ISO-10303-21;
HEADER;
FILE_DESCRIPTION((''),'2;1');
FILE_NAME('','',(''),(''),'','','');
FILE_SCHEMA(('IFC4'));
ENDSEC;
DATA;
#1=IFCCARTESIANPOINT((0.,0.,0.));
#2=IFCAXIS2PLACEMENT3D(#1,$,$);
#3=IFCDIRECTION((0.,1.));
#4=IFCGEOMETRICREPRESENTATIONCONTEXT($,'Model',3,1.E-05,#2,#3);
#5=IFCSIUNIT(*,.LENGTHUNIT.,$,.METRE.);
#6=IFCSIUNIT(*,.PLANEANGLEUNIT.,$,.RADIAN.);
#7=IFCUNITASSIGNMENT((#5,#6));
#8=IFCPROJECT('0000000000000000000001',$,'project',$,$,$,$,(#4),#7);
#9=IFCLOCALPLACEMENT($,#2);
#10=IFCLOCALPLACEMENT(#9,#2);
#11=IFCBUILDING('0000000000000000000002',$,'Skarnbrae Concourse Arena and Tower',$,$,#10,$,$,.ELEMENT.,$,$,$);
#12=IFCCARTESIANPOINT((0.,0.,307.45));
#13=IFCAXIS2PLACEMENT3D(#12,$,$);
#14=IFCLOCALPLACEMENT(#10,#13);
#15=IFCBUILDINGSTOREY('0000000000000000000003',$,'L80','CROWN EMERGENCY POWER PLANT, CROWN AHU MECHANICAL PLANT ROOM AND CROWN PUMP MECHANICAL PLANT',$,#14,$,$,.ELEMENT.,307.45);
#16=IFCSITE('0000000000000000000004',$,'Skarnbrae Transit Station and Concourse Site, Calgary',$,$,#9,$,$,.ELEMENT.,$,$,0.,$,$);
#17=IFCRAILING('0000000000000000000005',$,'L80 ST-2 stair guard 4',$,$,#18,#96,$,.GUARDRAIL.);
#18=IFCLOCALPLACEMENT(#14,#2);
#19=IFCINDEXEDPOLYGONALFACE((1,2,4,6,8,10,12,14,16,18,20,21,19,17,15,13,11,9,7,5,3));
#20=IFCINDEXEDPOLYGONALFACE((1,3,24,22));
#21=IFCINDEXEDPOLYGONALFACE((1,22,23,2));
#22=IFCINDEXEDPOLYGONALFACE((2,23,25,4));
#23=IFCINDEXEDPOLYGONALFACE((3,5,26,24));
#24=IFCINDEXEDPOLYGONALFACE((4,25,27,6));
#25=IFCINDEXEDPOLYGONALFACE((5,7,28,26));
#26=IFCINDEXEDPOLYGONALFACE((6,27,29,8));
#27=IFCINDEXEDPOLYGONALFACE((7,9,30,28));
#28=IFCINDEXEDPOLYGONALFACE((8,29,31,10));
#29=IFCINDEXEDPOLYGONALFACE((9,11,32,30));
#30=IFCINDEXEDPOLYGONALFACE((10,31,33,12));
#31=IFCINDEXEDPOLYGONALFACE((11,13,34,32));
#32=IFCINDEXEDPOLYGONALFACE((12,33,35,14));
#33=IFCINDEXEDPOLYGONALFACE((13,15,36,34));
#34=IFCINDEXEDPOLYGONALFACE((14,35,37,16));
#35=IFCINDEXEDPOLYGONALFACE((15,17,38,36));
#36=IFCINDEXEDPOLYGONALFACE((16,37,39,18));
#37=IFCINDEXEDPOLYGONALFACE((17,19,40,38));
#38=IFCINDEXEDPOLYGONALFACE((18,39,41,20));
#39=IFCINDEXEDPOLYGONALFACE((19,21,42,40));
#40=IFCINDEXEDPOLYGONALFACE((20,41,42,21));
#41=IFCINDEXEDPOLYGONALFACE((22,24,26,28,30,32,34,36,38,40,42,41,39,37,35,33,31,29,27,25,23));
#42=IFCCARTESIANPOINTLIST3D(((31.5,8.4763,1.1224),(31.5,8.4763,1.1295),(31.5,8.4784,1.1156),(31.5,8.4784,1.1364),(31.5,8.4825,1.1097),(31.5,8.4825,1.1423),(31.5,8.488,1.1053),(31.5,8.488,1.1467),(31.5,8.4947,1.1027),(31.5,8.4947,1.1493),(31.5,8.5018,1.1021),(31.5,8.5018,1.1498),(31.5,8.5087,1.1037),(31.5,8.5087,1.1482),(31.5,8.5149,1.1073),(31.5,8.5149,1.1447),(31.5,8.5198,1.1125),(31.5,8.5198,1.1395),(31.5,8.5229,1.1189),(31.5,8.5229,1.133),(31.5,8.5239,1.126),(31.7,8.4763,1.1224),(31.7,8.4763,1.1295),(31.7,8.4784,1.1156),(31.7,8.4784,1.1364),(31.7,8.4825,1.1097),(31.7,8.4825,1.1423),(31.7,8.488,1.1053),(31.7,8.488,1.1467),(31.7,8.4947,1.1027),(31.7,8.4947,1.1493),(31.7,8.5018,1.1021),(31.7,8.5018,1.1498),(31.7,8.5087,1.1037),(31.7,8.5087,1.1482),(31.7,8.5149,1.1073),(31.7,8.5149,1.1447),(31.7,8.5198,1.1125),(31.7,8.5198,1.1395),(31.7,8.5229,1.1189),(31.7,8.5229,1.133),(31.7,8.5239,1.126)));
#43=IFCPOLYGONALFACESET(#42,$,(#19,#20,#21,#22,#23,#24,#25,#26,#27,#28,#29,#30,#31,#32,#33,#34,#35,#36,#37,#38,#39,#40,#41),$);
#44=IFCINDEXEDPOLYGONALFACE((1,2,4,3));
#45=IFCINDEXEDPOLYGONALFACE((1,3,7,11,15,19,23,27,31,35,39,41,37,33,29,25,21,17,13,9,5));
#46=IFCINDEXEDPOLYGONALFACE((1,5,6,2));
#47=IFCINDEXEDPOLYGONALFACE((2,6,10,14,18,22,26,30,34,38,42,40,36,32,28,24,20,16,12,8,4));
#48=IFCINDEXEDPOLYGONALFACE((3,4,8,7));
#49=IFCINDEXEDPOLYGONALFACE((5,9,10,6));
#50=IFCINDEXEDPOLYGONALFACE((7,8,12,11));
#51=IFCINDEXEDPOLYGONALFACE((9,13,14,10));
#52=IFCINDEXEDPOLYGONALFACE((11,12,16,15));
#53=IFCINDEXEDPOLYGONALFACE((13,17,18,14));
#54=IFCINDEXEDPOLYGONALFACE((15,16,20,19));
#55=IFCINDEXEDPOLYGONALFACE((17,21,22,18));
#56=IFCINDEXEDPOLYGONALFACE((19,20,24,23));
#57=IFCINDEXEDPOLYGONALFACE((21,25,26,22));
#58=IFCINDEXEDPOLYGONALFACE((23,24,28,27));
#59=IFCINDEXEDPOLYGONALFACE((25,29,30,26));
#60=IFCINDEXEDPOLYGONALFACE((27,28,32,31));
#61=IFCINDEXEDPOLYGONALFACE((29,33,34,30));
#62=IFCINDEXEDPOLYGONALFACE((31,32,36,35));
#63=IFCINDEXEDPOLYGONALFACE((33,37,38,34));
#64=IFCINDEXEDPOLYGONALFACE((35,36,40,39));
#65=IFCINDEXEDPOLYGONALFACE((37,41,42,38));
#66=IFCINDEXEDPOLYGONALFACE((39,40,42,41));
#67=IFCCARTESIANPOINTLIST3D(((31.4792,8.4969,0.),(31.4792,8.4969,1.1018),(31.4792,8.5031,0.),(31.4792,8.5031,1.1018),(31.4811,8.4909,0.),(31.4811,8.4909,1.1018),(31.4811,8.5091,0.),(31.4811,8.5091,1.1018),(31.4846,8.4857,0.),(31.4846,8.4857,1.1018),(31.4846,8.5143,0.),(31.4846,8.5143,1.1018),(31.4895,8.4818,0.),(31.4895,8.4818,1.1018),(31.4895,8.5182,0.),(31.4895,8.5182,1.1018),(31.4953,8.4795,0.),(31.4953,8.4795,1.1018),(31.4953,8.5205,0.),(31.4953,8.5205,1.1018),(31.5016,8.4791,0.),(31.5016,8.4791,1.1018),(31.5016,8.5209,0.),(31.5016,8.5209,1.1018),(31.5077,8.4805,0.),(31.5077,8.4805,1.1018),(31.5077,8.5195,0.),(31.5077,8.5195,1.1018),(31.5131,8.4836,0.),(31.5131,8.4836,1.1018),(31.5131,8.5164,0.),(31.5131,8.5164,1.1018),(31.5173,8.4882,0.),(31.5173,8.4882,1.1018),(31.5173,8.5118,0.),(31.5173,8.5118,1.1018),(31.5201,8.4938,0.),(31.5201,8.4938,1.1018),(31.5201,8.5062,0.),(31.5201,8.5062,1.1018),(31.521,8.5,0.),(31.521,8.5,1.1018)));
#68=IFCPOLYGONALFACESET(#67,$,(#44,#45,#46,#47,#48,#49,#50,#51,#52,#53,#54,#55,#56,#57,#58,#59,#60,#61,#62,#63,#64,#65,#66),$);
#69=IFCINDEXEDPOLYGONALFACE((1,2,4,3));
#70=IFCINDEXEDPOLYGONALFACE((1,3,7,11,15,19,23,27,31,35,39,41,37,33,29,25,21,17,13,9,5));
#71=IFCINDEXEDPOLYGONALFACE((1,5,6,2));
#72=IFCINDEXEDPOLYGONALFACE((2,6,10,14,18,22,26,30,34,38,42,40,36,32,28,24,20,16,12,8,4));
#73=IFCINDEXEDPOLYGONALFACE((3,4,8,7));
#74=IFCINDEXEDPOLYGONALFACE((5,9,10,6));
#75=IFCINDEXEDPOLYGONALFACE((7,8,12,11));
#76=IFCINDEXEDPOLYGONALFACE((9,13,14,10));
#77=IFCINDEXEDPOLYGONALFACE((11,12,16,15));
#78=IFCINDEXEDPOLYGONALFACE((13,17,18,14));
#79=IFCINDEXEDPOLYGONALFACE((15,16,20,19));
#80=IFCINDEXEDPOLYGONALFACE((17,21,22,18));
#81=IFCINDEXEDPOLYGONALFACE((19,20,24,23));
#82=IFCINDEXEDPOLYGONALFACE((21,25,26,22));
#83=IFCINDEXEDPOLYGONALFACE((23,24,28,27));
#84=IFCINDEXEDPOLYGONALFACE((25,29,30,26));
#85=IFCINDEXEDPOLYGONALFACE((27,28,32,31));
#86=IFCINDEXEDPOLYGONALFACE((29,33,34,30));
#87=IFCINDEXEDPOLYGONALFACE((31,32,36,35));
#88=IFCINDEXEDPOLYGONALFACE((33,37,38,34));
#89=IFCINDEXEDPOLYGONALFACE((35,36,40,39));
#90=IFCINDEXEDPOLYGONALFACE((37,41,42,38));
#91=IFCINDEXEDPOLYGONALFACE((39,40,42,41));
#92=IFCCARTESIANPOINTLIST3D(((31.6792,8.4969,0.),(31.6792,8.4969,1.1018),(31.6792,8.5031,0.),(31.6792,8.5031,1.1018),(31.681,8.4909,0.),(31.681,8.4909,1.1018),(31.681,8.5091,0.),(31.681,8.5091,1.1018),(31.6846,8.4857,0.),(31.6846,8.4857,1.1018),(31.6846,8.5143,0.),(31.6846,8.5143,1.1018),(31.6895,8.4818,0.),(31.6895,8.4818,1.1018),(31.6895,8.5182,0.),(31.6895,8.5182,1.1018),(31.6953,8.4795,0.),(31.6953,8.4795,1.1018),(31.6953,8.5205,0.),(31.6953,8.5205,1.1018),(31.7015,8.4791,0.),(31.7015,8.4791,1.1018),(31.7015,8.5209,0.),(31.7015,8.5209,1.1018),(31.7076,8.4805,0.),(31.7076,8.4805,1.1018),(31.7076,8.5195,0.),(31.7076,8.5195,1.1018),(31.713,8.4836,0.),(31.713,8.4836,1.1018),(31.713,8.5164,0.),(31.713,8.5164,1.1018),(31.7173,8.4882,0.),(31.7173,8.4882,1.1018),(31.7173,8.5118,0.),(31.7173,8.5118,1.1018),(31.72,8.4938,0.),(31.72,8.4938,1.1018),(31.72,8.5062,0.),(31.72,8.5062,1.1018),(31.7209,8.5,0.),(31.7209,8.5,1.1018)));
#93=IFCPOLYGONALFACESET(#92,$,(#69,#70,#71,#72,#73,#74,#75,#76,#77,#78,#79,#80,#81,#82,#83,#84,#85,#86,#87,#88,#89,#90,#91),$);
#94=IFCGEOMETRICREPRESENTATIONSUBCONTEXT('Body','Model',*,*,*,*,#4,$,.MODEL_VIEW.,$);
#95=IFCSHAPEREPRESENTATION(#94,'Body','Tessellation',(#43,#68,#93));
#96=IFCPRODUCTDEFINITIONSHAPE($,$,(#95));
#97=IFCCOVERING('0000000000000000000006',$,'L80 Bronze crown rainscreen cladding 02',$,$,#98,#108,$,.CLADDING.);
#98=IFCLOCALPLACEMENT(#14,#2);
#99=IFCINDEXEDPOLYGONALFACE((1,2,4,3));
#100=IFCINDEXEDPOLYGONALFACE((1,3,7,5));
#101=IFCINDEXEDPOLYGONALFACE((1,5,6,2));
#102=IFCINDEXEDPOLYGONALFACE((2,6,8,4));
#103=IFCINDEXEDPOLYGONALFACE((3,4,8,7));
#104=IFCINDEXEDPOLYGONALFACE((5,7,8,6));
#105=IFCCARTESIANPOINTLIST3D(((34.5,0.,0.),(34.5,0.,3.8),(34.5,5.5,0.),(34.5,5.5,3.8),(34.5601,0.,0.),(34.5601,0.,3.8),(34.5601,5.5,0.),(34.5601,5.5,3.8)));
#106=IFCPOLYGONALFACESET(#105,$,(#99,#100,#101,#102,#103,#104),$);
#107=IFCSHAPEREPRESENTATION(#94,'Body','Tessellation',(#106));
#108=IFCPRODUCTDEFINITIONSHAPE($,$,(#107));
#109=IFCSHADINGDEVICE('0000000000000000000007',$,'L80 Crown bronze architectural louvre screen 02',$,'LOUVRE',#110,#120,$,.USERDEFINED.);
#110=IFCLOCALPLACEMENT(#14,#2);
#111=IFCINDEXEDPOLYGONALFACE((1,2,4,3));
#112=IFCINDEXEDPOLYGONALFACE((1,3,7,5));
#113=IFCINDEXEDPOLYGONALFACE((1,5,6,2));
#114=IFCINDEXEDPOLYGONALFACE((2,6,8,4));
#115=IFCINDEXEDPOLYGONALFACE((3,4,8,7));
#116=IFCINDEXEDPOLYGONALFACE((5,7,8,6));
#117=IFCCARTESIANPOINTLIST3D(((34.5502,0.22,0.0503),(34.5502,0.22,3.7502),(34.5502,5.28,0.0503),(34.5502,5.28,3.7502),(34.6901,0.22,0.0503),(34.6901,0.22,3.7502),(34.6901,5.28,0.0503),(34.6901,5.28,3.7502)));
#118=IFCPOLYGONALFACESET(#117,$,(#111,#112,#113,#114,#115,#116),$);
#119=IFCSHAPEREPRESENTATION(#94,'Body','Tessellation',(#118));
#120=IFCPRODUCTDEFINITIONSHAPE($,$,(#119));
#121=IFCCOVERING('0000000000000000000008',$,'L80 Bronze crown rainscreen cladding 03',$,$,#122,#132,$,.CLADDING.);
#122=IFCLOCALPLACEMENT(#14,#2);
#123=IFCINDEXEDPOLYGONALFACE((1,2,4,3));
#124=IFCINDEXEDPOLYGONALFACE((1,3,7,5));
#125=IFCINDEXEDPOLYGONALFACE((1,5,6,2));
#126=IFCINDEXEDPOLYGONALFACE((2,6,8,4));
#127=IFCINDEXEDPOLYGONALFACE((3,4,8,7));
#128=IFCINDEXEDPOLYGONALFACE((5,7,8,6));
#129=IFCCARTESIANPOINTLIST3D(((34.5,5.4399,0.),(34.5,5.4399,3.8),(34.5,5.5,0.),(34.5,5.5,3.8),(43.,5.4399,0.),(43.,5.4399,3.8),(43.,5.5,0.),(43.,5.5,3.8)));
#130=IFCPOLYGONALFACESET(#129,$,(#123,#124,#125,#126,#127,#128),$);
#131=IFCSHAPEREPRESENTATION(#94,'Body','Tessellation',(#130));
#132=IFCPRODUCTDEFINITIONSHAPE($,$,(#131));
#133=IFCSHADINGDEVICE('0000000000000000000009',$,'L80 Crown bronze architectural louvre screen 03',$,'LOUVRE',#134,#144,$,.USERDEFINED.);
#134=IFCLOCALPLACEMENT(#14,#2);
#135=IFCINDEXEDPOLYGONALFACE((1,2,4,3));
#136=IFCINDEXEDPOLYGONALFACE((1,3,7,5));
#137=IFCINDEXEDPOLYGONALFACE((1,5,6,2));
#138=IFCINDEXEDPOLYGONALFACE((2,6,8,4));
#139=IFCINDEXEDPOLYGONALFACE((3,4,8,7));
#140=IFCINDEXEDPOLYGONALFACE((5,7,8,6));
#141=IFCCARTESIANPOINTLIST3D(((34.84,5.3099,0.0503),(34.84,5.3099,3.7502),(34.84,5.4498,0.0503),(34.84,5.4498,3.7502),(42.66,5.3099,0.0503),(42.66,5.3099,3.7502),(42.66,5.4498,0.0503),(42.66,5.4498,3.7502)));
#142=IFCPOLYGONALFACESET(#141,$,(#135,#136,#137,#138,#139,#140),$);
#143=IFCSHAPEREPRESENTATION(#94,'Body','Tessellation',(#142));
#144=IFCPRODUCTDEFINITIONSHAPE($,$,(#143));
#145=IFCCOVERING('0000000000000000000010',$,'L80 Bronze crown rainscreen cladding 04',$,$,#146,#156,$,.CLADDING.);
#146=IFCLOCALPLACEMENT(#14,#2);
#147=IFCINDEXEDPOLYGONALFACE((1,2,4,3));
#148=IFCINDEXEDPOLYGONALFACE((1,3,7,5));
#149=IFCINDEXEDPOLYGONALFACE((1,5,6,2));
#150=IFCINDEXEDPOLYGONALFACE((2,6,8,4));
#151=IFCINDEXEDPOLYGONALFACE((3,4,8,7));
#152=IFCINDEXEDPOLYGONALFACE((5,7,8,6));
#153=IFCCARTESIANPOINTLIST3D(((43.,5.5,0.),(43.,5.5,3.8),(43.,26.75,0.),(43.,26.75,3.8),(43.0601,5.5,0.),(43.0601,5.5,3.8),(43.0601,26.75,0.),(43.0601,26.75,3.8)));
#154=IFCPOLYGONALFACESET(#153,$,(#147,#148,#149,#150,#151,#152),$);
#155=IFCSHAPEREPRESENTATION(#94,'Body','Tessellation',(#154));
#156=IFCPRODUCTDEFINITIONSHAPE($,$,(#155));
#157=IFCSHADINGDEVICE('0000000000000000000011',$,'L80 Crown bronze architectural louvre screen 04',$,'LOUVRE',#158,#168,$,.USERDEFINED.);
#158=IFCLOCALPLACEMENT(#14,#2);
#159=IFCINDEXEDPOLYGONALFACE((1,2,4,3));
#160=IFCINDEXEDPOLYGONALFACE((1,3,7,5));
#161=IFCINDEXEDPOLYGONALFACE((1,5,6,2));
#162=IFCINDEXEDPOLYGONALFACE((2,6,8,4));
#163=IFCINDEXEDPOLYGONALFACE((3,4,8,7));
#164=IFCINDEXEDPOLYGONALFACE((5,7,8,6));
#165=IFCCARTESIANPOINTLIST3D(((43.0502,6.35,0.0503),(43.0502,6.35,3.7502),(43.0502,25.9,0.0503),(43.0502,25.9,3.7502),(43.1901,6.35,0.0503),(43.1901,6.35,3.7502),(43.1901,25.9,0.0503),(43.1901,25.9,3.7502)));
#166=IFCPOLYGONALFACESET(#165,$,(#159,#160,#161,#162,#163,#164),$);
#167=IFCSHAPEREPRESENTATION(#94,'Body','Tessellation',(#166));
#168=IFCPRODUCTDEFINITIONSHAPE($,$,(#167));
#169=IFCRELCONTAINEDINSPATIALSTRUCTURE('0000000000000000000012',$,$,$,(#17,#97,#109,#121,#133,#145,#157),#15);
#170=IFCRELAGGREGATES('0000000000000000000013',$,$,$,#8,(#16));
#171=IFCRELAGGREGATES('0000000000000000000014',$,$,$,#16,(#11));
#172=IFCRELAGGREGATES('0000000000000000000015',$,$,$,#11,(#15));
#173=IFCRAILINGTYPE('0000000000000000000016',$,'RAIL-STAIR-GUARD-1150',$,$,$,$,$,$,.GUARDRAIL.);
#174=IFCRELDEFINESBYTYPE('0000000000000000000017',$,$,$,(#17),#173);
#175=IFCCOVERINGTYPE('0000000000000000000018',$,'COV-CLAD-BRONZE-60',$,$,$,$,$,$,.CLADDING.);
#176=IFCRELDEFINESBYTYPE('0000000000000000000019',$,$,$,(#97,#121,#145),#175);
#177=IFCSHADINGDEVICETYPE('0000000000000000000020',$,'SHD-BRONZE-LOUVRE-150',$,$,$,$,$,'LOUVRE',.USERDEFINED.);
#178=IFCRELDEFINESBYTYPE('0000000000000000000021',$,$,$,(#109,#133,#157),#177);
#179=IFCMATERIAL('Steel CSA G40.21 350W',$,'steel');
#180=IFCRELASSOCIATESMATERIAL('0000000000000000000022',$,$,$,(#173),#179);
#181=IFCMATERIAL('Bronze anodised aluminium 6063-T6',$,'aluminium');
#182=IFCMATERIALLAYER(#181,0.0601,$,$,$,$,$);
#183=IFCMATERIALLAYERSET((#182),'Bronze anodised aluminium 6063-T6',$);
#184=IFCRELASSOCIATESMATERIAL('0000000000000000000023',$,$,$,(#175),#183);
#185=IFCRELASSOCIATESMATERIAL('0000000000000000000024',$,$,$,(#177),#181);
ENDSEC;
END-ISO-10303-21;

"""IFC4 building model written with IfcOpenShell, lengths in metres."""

from ifc_helpers import new_model, si_unit, direction, frame, origin, origin_2d, place, context, subcontext, project, spatial, rectangle, circle, extrude, source, transform, mapped, material, layer, layer_set, type_object, element, save


model = new_model("IFC4")

# Units and contexts
model_context = context("Model", 3, precision=1e-05, world=origin(), true_north=direction((0.0, 1.0)))
body_context = subcontext(model_context, "Body", "Model", "MODEL_VIEW")
ifc_project = project(units=[si_unit("LENGTHUNIT", "METRE"), si_unit("PLANEANGLEUNIT", "RADIAN")], contexts=[model_context])

# Site, building, storey
site_placement = place(None, origin())
site = spatial("IfcSite", under=ifc_project, at=site_placement, Name="Skarnbrae Transit Station and Concourse Site, Calgary", CompositionType="ELEMENT", RefElevation=0.0)
building_placement = place(site_placement, origin())
building = spatial("IfcBuilding", under=site, at=building_placement, Name="Skarnbrae Concourse Arena and Tower", CompositionType="ELEMENT")
storey_placement = place(building_placement, frame((0.0, 0.0, 307.45)))
storey = spatial("IfcBuildingStorey", under=building, at=storey_placement, Name="L80", Description="CROWN EMERGENCY POWER PLANT, CROWN AHU MECHANICAL PLANT ROOM AND CROWN PUMP MECHANICAL PLANT", CompositionType="ELEMENT", Elevation=307.45)

# Shared definitions
ifc_material_1 = material(Name="Steel CSA G40.21 350W", Category="steel")

# Railing
railing_type_1 = type_object("IfcRailingType", Name="RAIL-STAIR-GUARD-1150", PredefinedType="GUARDRAIL", material=ifc_material_1)
railing_1_placement = place(storey_placement, frame((31.5, 8.5, 0.0)))
element("IfcRailing", 1, at=railing_1_placement, inside=storey, type_object=railing_type_1, Name="L80 ST-2 stair guard 4", PredefinedType="GUARDRAIL", context=body_context, shape_type="SweptSolid", body=[
    extrude(circle(Radius=0.0239, at=origin_2d()), frame((0.0, 0.0, 1.126), z_axis=(1.0, 0.0, 0.0), x_axis=(0.0, 1.0, 0.0)), (0.0, 0.0, 1.0), 0.2),
    extrude(circle(Radius=0.021, at=origin_2d()), origin(), (0.0, 0.0, 1.0), 1.1018),
    extrude(circle(Radius=0.021, at=origin_2d()), frame((0.2, 0.0, 0.0)), (0.0, 0.0, 1.0), 1.1018),
])

# Covering
ifc_material_2 = material(Name="Bronze anodised aluminium 6063-T6", Category="aluminium")
ifc_layer_1 = layer(ifc_material_2, 0.0601)
ifc_layer_set_1 = layer_set([ifc_layer_1], Name="Bronze anodised aluminium 6063-T6")
covering_type = type_object("IfcCoveringType", Name="COV-CLAD-BRONZE-60", PredefinedType="CLADDING", material=ifc_layer_set_1)
shared_shape_1 = source(origin(), body_context, "Body", "SweptSolid", [
    extrude(rectangle(XDim=5.5, YDim=0.0601, at=origin_2d()), origin(), (0.0, 0.0, 1.0), 3.8),
])
covering_1_placement = place(storey_placement, frame((34.53, 2.75, 0.0), z_axis=(0.0, 0.0, 1.0), x_axis=(0.0, 1.0, 0.0)))
element("IfcCovering", 2, at=covering_1_placement, inside=storey, type_object=covering_type, Name="L80 Bronze crown rainscreen cladding 02", PredefinedType="CLADDING", context=body_context, shape_type="MappedRepresentation", body=[
    mapped(shared_shape_1, transform((0.0, 0.0, 0.0))),
])

# Shading device
shading_device_type = type_object("IfcShadingDeviceType", Name="SHD-BRONZE-LOUVRE-150", ElementType="LOUVRE", PredefinedType="USERDEFINED", material=ifc_material_2)
shared_shape_2 = source(origin(), body_context, "Body", "SweptSolid", [
    extrude(rectangle(XDim=5.0601, YDim=0.1399, at=origin_2d()), origin(), (0.0, 0.0, 1.0), 3.7),
])
shading_device_1_placement = place(storey_placement, frame((34.6201, 2.75, 0.0503), z_axis=(0.0, 0.0, 1.0), x_axis=(0.0, 1.0, 0.0)))
element("IfcShadingDevice", 3, at=shading_device_1_placement, inside=storey, type_object=shading_device_type, Name="L80 Crown bronze architectural louvre screen 02", ObjectType="LOUVRE", PredefinedType="USERDEFINED", context=body_context, shape_type="MappedRepresentation", body=[
    mapped(shared_shape_2, transform((0.0, 0.0, 0.0))),
])

# Covering
shared_shape_3 = source(origin(), body_context, "Body", "SweptSolid", [
    extrude(rectangle(XDim=8.5, YDim=0.0601, at=origin_2d()), origin(), (0.0, 0.0, 1.0), 3.8),
])
covering_2_placement = place(storey_placement, frame((38.75, 5.47, 0.0), z_axis=(0.0, 0.0, 1.0), x_axis=(1.0, 0.0, 0.0)))
element("IfcCovering", 4, at=covering_2_placement, inside=storey, type_object=covering_type, Name="L80 Bronze crown rainscreen cladding 03", PredefinedType="CLADDING", context=body_context, shape_type="MappedRepresentation", body=[
    mapped(shared_shape_3, transform((0.0, 0.0, 0.0))),
])

# Shading device
shared_shape_4 = source(origin(), body_context, "Body", "SweptSolid", [
    extrude(rectangle(XDim=7.8201, YDim=0.1399, at=origin_2d()), origin(), (0.0, 0.0, 1.0), 3.7),
])
shading_device_2_placement = place(storey_placement, frame((38.75, 5.3799, 0.0503), z_axis=(0.0, 0.0, 1.0), x_axis=(1.0, 0.0, 0.0)))
element("IfcShadingDevice", 5, at=shading_device_2_placement, inside=storey, type_object=shading_device_type, Name="L80 Crown bronze architectural louvre screen 03", ObjectType="LOUVRE", PredefinedType="USERDEFINED", context=body_context, shape_type="MappedRepresentation", body=[
    mapped(shared_shape_4, transform((0.0, 0.0, 0.0))),
])

# Covering
shared_shape_5 = source(origin(), body_context, "Body", "SweptSolid", [
    extrude(rectangle(XDim=21.25, YDim=0.0601, at=origin_2d()), origin(), (0.0, 0.0, 1.0), 3.8),
])
covering_3_placement = place(storey_placement, frame((43.03, 16.125, 0.0), z_axis=(0.0, 0.0, 1.0), x_axis=(0.0, 1.0, 0.0)))
element("IfcCovering", 6, at=covering_3_placement, inside=storey, type_object=covering_type, Name="L80 Bronze crown rainscreen cladding 04", PredefinedType="CLADDING", context=body_context, shape_type="MappedRepresentation", body=[
    mapped(shared_shape_5, transform((0.0, 0.0, 0.0))),
])

# Shading device
shared_shape_6 = source(origin(), body_context, "Body", "SweptSolid", [
    extrude(rectangle(XDim=19.55, YDim=0.1399, at=origin_2d()), origin(), (0.0, 0.0, 1.0), 3.7),
])
shading_device_3_placement = place(storey_placement, frame((43.1201, 16.125, 0.0503), z_axis=(0.0, 0.0, 1.0), x_axis=(0.0, 1.0, 0.0)))
element("IfcShadingDevice", 7, at=shading_device_3_placement, inside=storey, type_object=shading_device_type, Name="L80 Crown bronze architectural louvre screen 04", ObjectType="LOUVRE", PredefinedType="USERDEFINED", context=body_context, shape_type="MappedRepresentation", body=[
    mapped(shared_shape_6, transform((0.0, 0.0, 0.0))),
])

save(model, "model.ifc")
